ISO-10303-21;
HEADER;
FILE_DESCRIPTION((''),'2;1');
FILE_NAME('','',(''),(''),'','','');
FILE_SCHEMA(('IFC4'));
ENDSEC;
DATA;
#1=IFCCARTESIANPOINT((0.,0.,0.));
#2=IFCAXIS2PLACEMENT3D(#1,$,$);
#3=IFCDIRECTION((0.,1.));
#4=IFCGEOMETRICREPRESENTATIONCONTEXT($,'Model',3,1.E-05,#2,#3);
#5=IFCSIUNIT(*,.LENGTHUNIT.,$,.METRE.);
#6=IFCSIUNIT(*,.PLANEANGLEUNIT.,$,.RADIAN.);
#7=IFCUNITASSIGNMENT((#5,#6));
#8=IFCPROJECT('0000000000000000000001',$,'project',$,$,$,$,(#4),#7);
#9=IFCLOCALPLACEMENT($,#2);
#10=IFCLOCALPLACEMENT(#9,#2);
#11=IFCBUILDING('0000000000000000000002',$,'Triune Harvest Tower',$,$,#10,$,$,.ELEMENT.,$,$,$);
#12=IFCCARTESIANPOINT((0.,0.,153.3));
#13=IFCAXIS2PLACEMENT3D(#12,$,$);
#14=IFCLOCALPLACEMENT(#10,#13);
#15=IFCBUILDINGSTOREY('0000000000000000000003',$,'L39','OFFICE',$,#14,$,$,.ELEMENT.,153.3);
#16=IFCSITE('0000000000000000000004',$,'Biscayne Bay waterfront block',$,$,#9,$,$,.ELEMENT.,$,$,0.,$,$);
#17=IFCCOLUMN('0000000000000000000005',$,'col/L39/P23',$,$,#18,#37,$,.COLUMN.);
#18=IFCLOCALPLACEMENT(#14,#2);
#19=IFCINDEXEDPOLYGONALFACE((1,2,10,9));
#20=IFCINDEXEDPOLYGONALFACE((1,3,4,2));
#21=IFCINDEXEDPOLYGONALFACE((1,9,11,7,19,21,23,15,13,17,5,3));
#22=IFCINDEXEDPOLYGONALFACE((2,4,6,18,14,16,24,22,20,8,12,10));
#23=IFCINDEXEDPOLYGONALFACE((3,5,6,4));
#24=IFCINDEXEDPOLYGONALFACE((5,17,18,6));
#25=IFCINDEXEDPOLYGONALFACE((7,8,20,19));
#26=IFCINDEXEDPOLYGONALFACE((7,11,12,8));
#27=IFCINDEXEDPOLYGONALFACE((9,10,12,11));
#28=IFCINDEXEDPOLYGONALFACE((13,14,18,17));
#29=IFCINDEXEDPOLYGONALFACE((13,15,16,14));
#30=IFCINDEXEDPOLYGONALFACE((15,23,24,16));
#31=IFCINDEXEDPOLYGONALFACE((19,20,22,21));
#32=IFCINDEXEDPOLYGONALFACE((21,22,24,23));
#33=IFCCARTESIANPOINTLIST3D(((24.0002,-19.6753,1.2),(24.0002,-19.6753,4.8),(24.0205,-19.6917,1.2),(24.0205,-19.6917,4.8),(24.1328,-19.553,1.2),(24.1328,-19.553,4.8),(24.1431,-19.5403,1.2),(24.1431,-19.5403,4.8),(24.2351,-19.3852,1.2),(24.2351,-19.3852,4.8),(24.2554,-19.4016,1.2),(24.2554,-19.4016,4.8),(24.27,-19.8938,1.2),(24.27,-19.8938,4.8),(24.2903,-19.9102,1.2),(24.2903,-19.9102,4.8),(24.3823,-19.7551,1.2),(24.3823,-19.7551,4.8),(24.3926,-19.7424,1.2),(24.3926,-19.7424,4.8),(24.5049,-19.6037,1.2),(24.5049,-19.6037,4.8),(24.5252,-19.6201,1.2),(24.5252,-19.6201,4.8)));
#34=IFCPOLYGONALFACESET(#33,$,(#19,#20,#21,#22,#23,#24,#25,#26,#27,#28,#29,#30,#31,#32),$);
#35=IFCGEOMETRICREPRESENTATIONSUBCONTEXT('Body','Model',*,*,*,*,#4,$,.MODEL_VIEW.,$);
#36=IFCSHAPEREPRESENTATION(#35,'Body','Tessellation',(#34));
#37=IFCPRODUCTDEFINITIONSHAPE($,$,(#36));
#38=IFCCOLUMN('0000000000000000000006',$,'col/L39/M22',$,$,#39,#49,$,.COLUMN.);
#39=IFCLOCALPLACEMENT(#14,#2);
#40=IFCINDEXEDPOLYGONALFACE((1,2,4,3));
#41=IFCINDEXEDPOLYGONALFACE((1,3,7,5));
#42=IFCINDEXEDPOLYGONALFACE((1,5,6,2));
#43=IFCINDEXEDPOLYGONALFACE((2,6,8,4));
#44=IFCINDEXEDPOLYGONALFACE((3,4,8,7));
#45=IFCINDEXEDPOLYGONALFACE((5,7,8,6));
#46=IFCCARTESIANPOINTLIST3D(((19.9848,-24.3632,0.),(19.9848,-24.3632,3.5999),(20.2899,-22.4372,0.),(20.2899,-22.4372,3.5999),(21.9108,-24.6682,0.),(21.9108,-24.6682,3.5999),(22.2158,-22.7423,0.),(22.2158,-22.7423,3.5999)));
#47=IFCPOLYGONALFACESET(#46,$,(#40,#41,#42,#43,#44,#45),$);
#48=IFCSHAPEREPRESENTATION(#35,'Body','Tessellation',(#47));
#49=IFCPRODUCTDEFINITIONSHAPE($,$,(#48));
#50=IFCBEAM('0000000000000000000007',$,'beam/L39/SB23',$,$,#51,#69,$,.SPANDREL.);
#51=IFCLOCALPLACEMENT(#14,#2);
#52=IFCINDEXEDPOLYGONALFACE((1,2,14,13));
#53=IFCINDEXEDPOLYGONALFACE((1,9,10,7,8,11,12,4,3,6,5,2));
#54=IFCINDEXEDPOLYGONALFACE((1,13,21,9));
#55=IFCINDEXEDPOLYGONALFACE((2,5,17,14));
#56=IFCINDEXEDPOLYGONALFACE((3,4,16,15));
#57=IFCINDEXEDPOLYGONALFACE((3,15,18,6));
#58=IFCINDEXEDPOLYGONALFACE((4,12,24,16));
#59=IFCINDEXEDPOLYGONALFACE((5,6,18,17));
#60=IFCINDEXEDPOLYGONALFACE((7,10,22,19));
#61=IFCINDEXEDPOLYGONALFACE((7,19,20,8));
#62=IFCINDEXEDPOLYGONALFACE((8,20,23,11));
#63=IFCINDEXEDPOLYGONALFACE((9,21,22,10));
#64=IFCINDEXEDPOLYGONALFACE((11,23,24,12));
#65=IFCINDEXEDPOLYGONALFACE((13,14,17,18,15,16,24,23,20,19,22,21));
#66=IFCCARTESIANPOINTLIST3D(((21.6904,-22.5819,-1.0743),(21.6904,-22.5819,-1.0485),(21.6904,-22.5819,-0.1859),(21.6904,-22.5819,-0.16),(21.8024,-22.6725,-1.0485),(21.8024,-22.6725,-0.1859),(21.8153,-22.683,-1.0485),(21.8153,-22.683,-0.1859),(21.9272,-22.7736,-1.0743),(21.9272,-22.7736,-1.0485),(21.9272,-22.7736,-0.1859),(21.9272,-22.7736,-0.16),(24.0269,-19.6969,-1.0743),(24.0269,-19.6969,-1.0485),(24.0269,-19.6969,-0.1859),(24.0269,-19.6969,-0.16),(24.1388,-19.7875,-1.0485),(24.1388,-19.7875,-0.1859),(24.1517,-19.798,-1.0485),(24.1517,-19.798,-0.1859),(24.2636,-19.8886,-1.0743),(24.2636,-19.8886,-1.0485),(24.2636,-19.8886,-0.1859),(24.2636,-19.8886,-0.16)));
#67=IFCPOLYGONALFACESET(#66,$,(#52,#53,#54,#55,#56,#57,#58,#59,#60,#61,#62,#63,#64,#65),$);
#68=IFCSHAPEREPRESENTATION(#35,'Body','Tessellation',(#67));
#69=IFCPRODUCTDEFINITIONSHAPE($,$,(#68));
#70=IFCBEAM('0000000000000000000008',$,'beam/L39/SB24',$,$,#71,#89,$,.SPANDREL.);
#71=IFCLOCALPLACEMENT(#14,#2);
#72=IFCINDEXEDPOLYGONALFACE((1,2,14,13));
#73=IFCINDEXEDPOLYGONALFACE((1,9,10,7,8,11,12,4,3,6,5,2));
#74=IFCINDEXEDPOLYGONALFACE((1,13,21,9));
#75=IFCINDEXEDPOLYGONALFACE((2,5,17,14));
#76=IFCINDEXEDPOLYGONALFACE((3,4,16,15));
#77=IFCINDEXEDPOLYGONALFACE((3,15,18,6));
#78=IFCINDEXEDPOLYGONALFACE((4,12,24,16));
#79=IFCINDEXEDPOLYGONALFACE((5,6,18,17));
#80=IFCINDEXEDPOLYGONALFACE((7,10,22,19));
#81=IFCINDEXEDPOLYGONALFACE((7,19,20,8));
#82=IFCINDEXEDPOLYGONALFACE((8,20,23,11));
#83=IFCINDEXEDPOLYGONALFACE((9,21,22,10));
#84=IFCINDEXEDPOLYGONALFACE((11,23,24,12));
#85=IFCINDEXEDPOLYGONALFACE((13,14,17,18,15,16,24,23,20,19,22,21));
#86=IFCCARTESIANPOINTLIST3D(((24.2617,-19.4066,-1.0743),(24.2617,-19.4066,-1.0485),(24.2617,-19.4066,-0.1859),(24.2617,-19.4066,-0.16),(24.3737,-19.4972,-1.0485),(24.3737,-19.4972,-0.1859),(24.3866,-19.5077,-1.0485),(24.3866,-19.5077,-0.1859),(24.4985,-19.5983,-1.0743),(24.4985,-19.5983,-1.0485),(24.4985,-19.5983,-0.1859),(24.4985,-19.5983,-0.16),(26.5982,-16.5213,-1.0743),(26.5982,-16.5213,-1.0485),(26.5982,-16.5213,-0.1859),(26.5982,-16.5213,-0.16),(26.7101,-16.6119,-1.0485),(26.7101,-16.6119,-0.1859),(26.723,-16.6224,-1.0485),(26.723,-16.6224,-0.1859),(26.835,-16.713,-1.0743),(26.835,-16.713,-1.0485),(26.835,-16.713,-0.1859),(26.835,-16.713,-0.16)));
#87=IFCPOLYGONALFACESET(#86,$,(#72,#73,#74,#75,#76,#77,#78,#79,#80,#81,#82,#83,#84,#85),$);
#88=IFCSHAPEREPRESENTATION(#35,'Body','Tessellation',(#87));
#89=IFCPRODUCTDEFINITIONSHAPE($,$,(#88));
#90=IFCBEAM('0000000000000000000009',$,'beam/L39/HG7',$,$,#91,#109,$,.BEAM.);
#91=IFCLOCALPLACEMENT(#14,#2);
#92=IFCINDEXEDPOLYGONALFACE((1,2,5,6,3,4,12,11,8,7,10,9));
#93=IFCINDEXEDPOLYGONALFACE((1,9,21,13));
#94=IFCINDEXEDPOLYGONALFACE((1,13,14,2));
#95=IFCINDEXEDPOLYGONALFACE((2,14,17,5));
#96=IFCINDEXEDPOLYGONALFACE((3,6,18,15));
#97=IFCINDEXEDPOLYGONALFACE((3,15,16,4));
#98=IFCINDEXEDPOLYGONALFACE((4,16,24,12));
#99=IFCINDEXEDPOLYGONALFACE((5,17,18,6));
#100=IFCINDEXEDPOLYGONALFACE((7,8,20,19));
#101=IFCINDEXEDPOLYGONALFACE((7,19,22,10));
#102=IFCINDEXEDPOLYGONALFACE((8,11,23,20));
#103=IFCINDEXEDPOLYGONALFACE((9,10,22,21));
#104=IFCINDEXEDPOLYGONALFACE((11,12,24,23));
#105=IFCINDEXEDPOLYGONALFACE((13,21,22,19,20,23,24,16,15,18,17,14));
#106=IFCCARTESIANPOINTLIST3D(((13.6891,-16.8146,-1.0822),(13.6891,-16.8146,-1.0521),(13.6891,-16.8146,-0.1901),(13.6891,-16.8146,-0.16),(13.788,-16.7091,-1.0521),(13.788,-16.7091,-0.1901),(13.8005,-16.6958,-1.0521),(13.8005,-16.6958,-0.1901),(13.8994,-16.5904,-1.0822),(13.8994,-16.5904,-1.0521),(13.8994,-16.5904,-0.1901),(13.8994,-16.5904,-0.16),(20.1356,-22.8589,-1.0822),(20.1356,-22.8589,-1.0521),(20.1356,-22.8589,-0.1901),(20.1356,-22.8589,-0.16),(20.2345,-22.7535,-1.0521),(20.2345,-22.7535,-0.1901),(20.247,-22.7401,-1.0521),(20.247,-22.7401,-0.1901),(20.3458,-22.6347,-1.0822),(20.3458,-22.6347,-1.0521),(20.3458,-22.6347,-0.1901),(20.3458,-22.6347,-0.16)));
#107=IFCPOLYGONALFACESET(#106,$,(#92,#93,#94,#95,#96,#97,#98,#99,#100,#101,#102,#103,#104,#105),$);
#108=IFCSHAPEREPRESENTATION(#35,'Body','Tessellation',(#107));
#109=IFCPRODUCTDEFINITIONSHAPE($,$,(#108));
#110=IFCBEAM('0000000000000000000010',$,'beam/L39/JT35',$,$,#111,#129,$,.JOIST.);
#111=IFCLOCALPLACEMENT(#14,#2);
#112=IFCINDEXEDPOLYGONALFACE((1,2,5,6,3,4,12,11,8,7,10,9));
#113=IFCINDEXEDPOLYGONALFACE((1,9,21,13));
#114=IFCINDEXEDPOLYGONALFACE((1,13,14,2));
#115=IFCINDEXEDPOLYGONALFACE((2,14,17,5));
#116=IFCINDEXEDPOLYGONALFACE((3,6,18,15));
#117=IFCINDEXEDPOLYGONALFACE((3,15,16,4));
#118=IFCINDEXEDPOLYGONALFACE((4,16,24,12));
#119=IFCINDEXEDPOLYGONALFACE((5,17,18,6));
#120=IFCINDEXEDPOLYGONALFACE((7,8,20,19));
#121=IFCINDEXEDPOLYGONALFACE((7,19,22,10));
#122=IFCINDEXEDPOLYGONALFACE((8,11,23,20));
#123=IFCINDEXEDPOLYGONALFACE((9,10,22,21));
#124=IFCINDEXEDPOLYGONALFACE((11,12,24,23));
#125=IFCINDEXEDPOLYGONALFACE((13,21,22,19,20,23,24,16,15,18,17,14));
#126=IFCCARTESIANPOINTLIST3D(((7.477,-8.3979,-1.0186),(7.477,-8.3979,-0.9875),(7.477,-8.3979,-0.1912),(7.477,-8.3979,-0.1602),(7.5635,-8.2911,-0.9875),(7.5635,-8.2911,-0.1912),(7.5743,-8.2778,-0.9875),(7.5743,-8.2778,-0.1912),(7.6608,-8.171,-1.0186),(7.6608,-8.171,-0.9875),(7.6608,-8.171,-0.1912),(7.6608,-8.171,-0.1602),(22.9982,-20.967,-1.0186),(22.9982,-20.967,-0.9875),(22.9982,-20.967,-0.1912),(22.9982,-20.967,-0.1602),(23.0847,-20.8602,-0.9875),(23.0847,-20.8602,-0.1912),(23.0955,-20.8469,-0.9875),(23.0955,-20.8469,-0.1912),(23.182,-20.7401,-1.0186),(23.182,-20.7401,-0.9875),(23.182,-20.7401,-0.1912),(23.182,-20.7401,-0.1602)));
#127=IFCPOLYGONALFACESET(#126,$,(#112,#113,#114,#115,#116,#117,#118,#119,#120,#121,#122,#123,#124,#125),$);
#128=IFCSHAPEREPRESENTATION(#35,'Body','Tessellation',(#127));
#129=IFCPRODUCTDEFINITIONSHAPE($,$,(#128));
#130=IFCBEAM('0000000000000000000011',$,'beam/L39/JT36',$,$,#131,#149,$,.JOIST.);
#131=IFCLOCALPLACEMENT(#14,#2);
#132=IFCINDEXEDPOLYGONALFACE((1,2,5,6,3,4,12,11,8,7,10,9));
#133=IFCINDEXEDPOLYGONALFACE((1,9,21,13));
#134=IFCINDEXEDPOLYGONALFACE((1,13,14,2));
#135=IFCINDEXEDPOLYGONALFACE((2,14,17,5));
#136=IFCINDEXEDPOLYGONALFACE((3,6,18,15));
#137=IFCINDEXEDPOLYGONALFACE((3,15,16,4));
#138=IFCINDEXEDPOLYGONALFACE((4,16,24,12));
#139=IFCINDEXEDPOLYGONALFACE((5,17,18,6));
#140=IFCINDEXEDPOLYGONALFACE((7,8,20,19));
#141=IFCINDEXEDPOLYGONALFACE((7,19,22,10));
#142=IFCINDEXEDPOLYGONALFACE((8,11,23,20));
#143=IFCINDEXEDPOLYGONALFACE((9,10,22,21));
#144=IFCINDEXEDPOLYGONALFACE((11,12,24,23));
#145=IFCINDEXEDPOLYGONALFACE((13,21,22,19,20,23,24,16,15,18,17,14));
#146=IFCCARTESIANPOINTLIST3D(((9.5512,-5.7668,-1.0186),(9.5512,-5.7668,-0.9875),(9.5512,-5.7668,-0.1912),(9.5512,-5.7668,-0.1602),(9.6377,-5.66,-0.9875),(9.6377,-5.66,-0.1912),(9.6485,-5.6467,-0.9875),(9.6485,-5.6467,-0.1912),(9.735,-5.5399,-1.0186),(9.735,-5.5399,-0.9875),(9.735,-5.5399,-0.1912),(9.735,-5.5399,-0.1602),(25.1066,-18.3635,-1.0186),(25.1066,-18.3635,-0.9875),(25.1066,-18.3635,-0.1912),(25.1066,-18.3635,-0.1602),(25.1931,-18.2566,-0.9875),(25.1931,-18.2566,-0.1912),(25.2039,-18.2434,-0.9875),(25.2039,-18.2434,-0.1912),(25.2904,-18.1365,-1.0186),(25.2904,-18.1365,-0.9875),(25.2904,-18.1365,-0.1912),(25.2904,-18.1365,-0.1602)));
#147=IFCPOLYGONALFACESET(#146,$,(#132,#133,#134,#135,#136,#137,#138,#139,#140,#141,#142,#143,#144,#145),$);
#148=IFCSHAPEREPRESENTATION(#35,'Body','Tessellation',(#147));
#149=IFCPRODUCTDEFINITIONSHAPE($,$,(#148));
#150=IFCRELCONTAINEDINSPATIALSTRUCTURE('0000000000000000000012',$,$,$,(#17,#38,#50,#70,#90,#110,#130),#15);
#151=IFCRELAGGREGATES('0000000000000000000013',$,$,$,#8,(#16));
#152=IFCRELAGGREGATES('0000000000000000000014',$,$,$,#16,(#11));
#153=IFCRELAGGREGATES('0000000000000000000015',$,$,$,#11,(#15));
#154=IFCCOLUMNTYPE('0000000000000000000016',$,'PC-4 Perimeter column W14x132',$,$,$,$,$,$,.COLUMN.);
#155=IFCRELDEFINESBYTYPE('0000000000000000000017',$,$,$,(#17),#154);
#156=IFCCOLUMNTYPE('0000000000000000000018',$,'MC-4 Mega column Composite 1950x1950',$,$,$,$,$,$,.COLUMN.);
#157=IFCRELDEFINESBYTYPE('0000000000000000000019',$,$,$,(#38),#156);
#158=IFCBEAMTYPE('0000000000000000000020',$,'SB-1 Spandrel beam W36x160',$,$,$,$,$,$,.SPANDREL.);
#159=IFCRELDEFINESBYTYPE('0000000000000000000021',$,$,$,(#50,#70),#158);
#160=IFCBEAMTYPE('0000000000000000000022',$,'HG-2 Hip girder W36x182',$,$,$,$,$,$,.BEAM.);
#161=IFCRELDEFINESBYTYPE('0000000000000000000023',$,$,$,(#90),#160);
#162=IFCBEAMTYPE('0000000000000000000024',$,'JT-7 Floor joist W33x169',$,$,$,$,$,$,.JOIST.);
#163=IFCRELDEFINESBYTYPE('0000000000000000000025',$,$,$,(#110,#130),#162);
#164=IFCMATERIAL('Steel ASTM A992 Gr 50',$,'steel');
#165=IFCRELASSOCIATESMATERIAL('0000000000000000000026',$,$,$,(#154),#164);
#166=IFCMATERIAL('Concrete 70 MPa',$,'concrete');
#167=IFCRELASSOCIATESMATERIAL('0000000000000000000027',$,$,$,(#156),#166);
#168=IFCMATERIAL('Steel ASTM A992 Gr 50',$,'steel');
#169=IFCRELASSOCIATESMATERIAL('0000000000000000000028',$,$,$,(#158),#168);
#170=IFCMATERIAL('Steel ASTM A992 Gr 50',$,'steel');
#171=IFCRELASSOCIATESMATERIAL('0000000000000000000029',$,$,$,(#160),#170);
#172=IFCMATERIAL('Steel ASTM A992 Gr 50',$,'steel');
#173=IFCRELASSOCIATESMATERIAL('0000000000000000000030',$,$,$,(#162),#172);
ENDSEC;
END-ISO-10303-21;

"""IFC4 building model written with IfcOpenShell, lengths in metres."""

from ifc_helpers import new_model, si_unit, direction, frame, origin, origin_2d, place, context, subcontext, project, spatial, rectangle, i_section, extrude, source, transform, mapped, material, material_profile, profile_set, type_object, element, save


model = new_model("IFC4")

# Units and contexts
model_context = context("Model", 3, precision=1e-05, world=origin(), true_north=direction((0.0, 1.0)))
body_context = subcontext(model_context, "Body", "Model", "MODEL_VIEW")
ifc_project = project(units=[si_unit("LENGTHUNIT", "METRE"), si_unit("PLANEANGLEUNIT", "RADIAN")], contexts=[model_context])

# Site, building, storey
site_placement = place(None, origin())
site = spatial("IfcSite", under=ifc_project, at=site_placement, Name="Biscayne Bay waterfront block", CompositionType="ELEMENT", RefElevation=0.0)
building_placement = place(site_placement, origin())
building = spatial("IfcBuilding", under=site, at=building_placement, Name="Triune Harvest Tower", CompositionType="ELEMENT")
storey_placement = place(building_placement, frame((0.0, 0.0, 153.3)))
storey = spatial("IfcBuildingStorey", under=building, at=storey_placement, Name="L39", Description="OFFICE", CompositionType="ELEMENT", Elevation=153.3)

# Columns
ifc_material_1 = material(Name="Steel ASTM A992 Gr 50", Category="steel")
ifc_material_profile_1 = material_profile(ifc_material_1, i_section(OverallWidth=0.3733, OverallDepth=0.3733, WebThickness=0.0164, FlangeThickness=0.0261, at=origin_2d()), Name="W14x132")
ifc_profile_set_1 = profile_set([ifc_material_profile_1], Name="Steel ASTM A992 Gr 50")
column_type_1 = type_object("IfcColumnType", Name="PC-4 Perimeter column W14x132", PredefinedType="COLUMN", material=ifc_profile_set_1)
shared_shape_1 = source(origin(), body_context, "Body", "SweptSolid", [
    extrude(i_section(OverallWidth=0.3733, OverallDepth=0.3733, WebThickness=0.0164, FlangeThickness=0.0261, at=origin_2d()), origin(), (0.0, 0.0, 1.0), 3.6001),
])
column_1_placement = place(storey_placement, frame((24.2627, -19.6477, 1.2), z_axis=(0.0, 0.0, 1.0), x_axis=(0.629322, 0.777145, 0.0)))
element("IfcColumn", 1, at=column_1_placement, inside=storey, type_object=column_type_1, Name="col/L39/P23", PredefinedType="COLUMN", context=body_context, shape_type="MappedRepresentation", body=[
    mapped(shared_shape_1, transform((0.0, 0.0, 0.0), scale=1.0)),
])
ifc_material_2 = material(Name="Concrete 70 MPa", Category="concrete")
ifc_material_profile_2 = material_profile(ifc_material_2, rectangle(XDim=1.95, YDim=1.95, at=origin_2d()), Name="Composite 1950x1950")
ifc_profile_set_2 = profile_set([ifc_material_profile_2], Name="Concrete 70 MPa")
column_type_2 = type_object("IfcColumnType", Name="MC-4 Mega column Composite 1950x1950", PredefinedType="COLUMN", material=ifc_profile_set_2)
shared_shape_2 = source(origin(), body_context, "Body", "SweptSolid", [
    extrude(rectangle(XDim=1.95, YDim=1.95, at=origin_2d()), origin(), (0.0, 0.0, 1.0), 3.5999),
])
column_2_placement = place(storey_placement, frame((21.1003, -23.5527, 0.0), z_axis=(0.0, 0.0, 1.0), x_axis=(0.987688, -0.156434, 0.0)))
element("IfcColumn", 2, at=column_2_placement, inside=storey, type_object=column_type_2, Name="col/L39/M22", PredefinedType="COLUMN", context=body_context, shape_type="MappedRepresentation", body=[
    mapped(shared_shape_2, transform((0.0, 0.0, 0.0), scale=1.0)),
])

# Beams
ifc_material_3 = material(Name="Steel ASTM A992 Gr 50", Category="steel")
ifc_material_profile_3 = material_profile(ifc_material_3, i_section(OverallWidth=0.3047, OverallDepth=0.9143, WebThickness=0.0166, FlangeThickness=0.0259, at=origin_2d()), Name="W36x160")
ifc_profile_set_3 = profile_set([ifc_material_profile_3], Name="Steel ASTM A992 Gr 50")
beam_type_1 = type_object("IfcBeamType", Name="SB-1 Spandrel beam W36x160", PredefinedType="SPANDREL", material=ifc_profile_set_3)
shared_shape_3 = source(origin(), body_context, "Body", "SweptSolid", [
    extrude(i_section(OverallWidth=0.3047, OverallDepth=0.9143, WebThickness=0.0166, FlangeThickness=0.0259, at=origin_2d()), origin(), (0.0, 0.0, 1.0), 3.7124),
])
beam_1_placement = place(storey_placement, frame((21.8088, -22.6777, -0.6172), z_axis=(0.629351, 0.777121, 0.0), x_axis=(-0.777121, 0.629351, 0.0)))
element("IfcBeam", 3, at=beam_1_placement, inside=storey, type_object=beam_type_1, Name="beam/L39/SB23", PredefinedType="SPANDREL", context=body_context, shape_type="MappedRepresentation", body=[
    mapped(shared_shape_3, transform((0.0, 0.0, 0.0), scale=1.0)),
])
shared_shape_4 = source(origin(), body_context, "Body", "SweptSolid", [
    extrude(i_section(OverallWidth=0.3047, OverallDepth=0.9143, WebThickness=0.0166, FlangeThickness=0.0259, at=origin_2d()), origin(), (0.0, 0.0, 1.0), 3.7126),
])
beam_2_placement = place(storey_placement, frame((24.3801, -19.5024, -0.6172), z_axis=(0.629319, 0.777147, 0.0), x_axis=(-0.777147, 0.629319, 0.0)))
element("IfcBeam", 4, at=beam_2_placement, inside=storey, type_object=beam_type_1, Name="beam/L39/SB24", PredefinedType="SPANDREL", context=body_context, shape_type="MappedRepresentation", body=[
    mapped(shared_shape_4, transform((0.0, 0.0, 0.0), scale=1.0)),
])
ifc_material_4 = material(Name="Steel ASTM A992 Gr 50", Category="steel")
ifc_material_profile_4 = material_profile(ifc_material_4, i_section(OverallWidth=0.3074, OverallDepth=0.9221, WebThickness=0.0183, FlangeThickness=0.03, at=origin_2d()), Name="W36x182")
ifc_profile_set_4 = profile_set([ifc_material_profile_4], Name="Steel ASTM A992 Gr 50")
beam_type_2 = type_object("IfcBeamType", Name="HG-2 Hip girder W36x182", PredefinedType="BEAM", material=ifc_profile_set_4)
shared_shape_5 = source(origin(), body_context, "Body", "SweptSolid", [
    extrude(i_section(OverallWidth=0.3074, OverallDepth=0.9221, WebThickness=0.0183, FlangeThickness=0.03, at=origin_2d()), origin(), (0.0, 0.0, 1.0), 8.8369),
])
beam_3_placement = place(storey_placement, frame((20.2407, -22.7468, -0.6211), z_axis=(-0.729492, 0.68399, 0.0), x_axis=(-0.68399, -0.729492, 0.0)))
element("IfcBeam", 5, at=beam_3_placement, inside=storey, type_object=beam_type_2, Name="beam/L39/HG7", PredefinedType="BEAM", context=body_context, shape_type="MappedRepresentation", body=[
    mapped(shared_shape_5, transform((0.0, 0.0, 0.0), scale=1.0)),
])
ifc_material_5 = material(Name="Steel ASTM A992 Gr 50", Category="steel")
ifc_material_profile_5 = material_profile(ifc_material_5, i_section(OverallWidth=0.292, OverallDepth=0.8584, WebThickness=0.0171, FlangeThickness=0.031, at=origin_2d()), Name="W33x169")
ifc_profile_set_5 = profile_set([ifc_material_profile_5], Name="Steel ASTM A992 Gr 50")
beam_type_3 = type_object("IfcBeamType", Name="JT-7 Floor joist W33x169", PredefinedType="JOIST", material=ifc_profile_set_5)
shared_shape_6 = source(origin(), body_context, "Body", "SweptSolid", [
    extrude(i_section(OverallWidth=0.292, OverallDepth=0.8584, WebThickness=0.0171, FlangeThickness=0.031, at=origin_2d()), origin(), (0.0, 0.0, 1.0), 19.9722),
])
beam_4_placement = place(storey_placement, frame((23.0901, -20.8535, -0.5894), z_axis=(-0.77714, 0.629328, 0.0), x_axis=(-0.629328, -0.77714, 0.0)))
element("IfcBeam", 6, at=beam_4_placement, inside=storey, type_object=beam_type_3, Name="beam/L39/JT35", PredefinedType="JOIST", context=body_context, shape_type="MappedRepresentation", body=[
    mapped(shared_shape_6, transform((0.0, 0.0, 0.0), scale=1.0)),
])
shared_shape_7 = source(origin(), body_context, "Body", "SweptSolid", [
    extrude(i_section(OverallWidth=0.292, OverallDepth=0.8584, WebThickness=0.0171, FlangeThickness=0.031, at=origin_2d()), origin(), (0.0, 0.0, 1.0), 20.0161),
])
beam_5_placement = place(storey_placement, frame((25.1985, -18.25, -0.5894), z_axis=(-0.777142, 0.629325, 0.0), x_axis=(-0.629325, -0.777142, 0.0)))
element("IfcBeam", 7, at=beam_5_placement, inside=storey, type_object=beam_type_3, Name="beam/L39/JT36", PredefinedType="JOIST", context=body_context, shape_type="MappedRepresentation", body=[
    mapped(shared_shape_7, transform((0.0, 0.0, 0.0), scale=1.0)),
])

save(model, "model.ifc")
